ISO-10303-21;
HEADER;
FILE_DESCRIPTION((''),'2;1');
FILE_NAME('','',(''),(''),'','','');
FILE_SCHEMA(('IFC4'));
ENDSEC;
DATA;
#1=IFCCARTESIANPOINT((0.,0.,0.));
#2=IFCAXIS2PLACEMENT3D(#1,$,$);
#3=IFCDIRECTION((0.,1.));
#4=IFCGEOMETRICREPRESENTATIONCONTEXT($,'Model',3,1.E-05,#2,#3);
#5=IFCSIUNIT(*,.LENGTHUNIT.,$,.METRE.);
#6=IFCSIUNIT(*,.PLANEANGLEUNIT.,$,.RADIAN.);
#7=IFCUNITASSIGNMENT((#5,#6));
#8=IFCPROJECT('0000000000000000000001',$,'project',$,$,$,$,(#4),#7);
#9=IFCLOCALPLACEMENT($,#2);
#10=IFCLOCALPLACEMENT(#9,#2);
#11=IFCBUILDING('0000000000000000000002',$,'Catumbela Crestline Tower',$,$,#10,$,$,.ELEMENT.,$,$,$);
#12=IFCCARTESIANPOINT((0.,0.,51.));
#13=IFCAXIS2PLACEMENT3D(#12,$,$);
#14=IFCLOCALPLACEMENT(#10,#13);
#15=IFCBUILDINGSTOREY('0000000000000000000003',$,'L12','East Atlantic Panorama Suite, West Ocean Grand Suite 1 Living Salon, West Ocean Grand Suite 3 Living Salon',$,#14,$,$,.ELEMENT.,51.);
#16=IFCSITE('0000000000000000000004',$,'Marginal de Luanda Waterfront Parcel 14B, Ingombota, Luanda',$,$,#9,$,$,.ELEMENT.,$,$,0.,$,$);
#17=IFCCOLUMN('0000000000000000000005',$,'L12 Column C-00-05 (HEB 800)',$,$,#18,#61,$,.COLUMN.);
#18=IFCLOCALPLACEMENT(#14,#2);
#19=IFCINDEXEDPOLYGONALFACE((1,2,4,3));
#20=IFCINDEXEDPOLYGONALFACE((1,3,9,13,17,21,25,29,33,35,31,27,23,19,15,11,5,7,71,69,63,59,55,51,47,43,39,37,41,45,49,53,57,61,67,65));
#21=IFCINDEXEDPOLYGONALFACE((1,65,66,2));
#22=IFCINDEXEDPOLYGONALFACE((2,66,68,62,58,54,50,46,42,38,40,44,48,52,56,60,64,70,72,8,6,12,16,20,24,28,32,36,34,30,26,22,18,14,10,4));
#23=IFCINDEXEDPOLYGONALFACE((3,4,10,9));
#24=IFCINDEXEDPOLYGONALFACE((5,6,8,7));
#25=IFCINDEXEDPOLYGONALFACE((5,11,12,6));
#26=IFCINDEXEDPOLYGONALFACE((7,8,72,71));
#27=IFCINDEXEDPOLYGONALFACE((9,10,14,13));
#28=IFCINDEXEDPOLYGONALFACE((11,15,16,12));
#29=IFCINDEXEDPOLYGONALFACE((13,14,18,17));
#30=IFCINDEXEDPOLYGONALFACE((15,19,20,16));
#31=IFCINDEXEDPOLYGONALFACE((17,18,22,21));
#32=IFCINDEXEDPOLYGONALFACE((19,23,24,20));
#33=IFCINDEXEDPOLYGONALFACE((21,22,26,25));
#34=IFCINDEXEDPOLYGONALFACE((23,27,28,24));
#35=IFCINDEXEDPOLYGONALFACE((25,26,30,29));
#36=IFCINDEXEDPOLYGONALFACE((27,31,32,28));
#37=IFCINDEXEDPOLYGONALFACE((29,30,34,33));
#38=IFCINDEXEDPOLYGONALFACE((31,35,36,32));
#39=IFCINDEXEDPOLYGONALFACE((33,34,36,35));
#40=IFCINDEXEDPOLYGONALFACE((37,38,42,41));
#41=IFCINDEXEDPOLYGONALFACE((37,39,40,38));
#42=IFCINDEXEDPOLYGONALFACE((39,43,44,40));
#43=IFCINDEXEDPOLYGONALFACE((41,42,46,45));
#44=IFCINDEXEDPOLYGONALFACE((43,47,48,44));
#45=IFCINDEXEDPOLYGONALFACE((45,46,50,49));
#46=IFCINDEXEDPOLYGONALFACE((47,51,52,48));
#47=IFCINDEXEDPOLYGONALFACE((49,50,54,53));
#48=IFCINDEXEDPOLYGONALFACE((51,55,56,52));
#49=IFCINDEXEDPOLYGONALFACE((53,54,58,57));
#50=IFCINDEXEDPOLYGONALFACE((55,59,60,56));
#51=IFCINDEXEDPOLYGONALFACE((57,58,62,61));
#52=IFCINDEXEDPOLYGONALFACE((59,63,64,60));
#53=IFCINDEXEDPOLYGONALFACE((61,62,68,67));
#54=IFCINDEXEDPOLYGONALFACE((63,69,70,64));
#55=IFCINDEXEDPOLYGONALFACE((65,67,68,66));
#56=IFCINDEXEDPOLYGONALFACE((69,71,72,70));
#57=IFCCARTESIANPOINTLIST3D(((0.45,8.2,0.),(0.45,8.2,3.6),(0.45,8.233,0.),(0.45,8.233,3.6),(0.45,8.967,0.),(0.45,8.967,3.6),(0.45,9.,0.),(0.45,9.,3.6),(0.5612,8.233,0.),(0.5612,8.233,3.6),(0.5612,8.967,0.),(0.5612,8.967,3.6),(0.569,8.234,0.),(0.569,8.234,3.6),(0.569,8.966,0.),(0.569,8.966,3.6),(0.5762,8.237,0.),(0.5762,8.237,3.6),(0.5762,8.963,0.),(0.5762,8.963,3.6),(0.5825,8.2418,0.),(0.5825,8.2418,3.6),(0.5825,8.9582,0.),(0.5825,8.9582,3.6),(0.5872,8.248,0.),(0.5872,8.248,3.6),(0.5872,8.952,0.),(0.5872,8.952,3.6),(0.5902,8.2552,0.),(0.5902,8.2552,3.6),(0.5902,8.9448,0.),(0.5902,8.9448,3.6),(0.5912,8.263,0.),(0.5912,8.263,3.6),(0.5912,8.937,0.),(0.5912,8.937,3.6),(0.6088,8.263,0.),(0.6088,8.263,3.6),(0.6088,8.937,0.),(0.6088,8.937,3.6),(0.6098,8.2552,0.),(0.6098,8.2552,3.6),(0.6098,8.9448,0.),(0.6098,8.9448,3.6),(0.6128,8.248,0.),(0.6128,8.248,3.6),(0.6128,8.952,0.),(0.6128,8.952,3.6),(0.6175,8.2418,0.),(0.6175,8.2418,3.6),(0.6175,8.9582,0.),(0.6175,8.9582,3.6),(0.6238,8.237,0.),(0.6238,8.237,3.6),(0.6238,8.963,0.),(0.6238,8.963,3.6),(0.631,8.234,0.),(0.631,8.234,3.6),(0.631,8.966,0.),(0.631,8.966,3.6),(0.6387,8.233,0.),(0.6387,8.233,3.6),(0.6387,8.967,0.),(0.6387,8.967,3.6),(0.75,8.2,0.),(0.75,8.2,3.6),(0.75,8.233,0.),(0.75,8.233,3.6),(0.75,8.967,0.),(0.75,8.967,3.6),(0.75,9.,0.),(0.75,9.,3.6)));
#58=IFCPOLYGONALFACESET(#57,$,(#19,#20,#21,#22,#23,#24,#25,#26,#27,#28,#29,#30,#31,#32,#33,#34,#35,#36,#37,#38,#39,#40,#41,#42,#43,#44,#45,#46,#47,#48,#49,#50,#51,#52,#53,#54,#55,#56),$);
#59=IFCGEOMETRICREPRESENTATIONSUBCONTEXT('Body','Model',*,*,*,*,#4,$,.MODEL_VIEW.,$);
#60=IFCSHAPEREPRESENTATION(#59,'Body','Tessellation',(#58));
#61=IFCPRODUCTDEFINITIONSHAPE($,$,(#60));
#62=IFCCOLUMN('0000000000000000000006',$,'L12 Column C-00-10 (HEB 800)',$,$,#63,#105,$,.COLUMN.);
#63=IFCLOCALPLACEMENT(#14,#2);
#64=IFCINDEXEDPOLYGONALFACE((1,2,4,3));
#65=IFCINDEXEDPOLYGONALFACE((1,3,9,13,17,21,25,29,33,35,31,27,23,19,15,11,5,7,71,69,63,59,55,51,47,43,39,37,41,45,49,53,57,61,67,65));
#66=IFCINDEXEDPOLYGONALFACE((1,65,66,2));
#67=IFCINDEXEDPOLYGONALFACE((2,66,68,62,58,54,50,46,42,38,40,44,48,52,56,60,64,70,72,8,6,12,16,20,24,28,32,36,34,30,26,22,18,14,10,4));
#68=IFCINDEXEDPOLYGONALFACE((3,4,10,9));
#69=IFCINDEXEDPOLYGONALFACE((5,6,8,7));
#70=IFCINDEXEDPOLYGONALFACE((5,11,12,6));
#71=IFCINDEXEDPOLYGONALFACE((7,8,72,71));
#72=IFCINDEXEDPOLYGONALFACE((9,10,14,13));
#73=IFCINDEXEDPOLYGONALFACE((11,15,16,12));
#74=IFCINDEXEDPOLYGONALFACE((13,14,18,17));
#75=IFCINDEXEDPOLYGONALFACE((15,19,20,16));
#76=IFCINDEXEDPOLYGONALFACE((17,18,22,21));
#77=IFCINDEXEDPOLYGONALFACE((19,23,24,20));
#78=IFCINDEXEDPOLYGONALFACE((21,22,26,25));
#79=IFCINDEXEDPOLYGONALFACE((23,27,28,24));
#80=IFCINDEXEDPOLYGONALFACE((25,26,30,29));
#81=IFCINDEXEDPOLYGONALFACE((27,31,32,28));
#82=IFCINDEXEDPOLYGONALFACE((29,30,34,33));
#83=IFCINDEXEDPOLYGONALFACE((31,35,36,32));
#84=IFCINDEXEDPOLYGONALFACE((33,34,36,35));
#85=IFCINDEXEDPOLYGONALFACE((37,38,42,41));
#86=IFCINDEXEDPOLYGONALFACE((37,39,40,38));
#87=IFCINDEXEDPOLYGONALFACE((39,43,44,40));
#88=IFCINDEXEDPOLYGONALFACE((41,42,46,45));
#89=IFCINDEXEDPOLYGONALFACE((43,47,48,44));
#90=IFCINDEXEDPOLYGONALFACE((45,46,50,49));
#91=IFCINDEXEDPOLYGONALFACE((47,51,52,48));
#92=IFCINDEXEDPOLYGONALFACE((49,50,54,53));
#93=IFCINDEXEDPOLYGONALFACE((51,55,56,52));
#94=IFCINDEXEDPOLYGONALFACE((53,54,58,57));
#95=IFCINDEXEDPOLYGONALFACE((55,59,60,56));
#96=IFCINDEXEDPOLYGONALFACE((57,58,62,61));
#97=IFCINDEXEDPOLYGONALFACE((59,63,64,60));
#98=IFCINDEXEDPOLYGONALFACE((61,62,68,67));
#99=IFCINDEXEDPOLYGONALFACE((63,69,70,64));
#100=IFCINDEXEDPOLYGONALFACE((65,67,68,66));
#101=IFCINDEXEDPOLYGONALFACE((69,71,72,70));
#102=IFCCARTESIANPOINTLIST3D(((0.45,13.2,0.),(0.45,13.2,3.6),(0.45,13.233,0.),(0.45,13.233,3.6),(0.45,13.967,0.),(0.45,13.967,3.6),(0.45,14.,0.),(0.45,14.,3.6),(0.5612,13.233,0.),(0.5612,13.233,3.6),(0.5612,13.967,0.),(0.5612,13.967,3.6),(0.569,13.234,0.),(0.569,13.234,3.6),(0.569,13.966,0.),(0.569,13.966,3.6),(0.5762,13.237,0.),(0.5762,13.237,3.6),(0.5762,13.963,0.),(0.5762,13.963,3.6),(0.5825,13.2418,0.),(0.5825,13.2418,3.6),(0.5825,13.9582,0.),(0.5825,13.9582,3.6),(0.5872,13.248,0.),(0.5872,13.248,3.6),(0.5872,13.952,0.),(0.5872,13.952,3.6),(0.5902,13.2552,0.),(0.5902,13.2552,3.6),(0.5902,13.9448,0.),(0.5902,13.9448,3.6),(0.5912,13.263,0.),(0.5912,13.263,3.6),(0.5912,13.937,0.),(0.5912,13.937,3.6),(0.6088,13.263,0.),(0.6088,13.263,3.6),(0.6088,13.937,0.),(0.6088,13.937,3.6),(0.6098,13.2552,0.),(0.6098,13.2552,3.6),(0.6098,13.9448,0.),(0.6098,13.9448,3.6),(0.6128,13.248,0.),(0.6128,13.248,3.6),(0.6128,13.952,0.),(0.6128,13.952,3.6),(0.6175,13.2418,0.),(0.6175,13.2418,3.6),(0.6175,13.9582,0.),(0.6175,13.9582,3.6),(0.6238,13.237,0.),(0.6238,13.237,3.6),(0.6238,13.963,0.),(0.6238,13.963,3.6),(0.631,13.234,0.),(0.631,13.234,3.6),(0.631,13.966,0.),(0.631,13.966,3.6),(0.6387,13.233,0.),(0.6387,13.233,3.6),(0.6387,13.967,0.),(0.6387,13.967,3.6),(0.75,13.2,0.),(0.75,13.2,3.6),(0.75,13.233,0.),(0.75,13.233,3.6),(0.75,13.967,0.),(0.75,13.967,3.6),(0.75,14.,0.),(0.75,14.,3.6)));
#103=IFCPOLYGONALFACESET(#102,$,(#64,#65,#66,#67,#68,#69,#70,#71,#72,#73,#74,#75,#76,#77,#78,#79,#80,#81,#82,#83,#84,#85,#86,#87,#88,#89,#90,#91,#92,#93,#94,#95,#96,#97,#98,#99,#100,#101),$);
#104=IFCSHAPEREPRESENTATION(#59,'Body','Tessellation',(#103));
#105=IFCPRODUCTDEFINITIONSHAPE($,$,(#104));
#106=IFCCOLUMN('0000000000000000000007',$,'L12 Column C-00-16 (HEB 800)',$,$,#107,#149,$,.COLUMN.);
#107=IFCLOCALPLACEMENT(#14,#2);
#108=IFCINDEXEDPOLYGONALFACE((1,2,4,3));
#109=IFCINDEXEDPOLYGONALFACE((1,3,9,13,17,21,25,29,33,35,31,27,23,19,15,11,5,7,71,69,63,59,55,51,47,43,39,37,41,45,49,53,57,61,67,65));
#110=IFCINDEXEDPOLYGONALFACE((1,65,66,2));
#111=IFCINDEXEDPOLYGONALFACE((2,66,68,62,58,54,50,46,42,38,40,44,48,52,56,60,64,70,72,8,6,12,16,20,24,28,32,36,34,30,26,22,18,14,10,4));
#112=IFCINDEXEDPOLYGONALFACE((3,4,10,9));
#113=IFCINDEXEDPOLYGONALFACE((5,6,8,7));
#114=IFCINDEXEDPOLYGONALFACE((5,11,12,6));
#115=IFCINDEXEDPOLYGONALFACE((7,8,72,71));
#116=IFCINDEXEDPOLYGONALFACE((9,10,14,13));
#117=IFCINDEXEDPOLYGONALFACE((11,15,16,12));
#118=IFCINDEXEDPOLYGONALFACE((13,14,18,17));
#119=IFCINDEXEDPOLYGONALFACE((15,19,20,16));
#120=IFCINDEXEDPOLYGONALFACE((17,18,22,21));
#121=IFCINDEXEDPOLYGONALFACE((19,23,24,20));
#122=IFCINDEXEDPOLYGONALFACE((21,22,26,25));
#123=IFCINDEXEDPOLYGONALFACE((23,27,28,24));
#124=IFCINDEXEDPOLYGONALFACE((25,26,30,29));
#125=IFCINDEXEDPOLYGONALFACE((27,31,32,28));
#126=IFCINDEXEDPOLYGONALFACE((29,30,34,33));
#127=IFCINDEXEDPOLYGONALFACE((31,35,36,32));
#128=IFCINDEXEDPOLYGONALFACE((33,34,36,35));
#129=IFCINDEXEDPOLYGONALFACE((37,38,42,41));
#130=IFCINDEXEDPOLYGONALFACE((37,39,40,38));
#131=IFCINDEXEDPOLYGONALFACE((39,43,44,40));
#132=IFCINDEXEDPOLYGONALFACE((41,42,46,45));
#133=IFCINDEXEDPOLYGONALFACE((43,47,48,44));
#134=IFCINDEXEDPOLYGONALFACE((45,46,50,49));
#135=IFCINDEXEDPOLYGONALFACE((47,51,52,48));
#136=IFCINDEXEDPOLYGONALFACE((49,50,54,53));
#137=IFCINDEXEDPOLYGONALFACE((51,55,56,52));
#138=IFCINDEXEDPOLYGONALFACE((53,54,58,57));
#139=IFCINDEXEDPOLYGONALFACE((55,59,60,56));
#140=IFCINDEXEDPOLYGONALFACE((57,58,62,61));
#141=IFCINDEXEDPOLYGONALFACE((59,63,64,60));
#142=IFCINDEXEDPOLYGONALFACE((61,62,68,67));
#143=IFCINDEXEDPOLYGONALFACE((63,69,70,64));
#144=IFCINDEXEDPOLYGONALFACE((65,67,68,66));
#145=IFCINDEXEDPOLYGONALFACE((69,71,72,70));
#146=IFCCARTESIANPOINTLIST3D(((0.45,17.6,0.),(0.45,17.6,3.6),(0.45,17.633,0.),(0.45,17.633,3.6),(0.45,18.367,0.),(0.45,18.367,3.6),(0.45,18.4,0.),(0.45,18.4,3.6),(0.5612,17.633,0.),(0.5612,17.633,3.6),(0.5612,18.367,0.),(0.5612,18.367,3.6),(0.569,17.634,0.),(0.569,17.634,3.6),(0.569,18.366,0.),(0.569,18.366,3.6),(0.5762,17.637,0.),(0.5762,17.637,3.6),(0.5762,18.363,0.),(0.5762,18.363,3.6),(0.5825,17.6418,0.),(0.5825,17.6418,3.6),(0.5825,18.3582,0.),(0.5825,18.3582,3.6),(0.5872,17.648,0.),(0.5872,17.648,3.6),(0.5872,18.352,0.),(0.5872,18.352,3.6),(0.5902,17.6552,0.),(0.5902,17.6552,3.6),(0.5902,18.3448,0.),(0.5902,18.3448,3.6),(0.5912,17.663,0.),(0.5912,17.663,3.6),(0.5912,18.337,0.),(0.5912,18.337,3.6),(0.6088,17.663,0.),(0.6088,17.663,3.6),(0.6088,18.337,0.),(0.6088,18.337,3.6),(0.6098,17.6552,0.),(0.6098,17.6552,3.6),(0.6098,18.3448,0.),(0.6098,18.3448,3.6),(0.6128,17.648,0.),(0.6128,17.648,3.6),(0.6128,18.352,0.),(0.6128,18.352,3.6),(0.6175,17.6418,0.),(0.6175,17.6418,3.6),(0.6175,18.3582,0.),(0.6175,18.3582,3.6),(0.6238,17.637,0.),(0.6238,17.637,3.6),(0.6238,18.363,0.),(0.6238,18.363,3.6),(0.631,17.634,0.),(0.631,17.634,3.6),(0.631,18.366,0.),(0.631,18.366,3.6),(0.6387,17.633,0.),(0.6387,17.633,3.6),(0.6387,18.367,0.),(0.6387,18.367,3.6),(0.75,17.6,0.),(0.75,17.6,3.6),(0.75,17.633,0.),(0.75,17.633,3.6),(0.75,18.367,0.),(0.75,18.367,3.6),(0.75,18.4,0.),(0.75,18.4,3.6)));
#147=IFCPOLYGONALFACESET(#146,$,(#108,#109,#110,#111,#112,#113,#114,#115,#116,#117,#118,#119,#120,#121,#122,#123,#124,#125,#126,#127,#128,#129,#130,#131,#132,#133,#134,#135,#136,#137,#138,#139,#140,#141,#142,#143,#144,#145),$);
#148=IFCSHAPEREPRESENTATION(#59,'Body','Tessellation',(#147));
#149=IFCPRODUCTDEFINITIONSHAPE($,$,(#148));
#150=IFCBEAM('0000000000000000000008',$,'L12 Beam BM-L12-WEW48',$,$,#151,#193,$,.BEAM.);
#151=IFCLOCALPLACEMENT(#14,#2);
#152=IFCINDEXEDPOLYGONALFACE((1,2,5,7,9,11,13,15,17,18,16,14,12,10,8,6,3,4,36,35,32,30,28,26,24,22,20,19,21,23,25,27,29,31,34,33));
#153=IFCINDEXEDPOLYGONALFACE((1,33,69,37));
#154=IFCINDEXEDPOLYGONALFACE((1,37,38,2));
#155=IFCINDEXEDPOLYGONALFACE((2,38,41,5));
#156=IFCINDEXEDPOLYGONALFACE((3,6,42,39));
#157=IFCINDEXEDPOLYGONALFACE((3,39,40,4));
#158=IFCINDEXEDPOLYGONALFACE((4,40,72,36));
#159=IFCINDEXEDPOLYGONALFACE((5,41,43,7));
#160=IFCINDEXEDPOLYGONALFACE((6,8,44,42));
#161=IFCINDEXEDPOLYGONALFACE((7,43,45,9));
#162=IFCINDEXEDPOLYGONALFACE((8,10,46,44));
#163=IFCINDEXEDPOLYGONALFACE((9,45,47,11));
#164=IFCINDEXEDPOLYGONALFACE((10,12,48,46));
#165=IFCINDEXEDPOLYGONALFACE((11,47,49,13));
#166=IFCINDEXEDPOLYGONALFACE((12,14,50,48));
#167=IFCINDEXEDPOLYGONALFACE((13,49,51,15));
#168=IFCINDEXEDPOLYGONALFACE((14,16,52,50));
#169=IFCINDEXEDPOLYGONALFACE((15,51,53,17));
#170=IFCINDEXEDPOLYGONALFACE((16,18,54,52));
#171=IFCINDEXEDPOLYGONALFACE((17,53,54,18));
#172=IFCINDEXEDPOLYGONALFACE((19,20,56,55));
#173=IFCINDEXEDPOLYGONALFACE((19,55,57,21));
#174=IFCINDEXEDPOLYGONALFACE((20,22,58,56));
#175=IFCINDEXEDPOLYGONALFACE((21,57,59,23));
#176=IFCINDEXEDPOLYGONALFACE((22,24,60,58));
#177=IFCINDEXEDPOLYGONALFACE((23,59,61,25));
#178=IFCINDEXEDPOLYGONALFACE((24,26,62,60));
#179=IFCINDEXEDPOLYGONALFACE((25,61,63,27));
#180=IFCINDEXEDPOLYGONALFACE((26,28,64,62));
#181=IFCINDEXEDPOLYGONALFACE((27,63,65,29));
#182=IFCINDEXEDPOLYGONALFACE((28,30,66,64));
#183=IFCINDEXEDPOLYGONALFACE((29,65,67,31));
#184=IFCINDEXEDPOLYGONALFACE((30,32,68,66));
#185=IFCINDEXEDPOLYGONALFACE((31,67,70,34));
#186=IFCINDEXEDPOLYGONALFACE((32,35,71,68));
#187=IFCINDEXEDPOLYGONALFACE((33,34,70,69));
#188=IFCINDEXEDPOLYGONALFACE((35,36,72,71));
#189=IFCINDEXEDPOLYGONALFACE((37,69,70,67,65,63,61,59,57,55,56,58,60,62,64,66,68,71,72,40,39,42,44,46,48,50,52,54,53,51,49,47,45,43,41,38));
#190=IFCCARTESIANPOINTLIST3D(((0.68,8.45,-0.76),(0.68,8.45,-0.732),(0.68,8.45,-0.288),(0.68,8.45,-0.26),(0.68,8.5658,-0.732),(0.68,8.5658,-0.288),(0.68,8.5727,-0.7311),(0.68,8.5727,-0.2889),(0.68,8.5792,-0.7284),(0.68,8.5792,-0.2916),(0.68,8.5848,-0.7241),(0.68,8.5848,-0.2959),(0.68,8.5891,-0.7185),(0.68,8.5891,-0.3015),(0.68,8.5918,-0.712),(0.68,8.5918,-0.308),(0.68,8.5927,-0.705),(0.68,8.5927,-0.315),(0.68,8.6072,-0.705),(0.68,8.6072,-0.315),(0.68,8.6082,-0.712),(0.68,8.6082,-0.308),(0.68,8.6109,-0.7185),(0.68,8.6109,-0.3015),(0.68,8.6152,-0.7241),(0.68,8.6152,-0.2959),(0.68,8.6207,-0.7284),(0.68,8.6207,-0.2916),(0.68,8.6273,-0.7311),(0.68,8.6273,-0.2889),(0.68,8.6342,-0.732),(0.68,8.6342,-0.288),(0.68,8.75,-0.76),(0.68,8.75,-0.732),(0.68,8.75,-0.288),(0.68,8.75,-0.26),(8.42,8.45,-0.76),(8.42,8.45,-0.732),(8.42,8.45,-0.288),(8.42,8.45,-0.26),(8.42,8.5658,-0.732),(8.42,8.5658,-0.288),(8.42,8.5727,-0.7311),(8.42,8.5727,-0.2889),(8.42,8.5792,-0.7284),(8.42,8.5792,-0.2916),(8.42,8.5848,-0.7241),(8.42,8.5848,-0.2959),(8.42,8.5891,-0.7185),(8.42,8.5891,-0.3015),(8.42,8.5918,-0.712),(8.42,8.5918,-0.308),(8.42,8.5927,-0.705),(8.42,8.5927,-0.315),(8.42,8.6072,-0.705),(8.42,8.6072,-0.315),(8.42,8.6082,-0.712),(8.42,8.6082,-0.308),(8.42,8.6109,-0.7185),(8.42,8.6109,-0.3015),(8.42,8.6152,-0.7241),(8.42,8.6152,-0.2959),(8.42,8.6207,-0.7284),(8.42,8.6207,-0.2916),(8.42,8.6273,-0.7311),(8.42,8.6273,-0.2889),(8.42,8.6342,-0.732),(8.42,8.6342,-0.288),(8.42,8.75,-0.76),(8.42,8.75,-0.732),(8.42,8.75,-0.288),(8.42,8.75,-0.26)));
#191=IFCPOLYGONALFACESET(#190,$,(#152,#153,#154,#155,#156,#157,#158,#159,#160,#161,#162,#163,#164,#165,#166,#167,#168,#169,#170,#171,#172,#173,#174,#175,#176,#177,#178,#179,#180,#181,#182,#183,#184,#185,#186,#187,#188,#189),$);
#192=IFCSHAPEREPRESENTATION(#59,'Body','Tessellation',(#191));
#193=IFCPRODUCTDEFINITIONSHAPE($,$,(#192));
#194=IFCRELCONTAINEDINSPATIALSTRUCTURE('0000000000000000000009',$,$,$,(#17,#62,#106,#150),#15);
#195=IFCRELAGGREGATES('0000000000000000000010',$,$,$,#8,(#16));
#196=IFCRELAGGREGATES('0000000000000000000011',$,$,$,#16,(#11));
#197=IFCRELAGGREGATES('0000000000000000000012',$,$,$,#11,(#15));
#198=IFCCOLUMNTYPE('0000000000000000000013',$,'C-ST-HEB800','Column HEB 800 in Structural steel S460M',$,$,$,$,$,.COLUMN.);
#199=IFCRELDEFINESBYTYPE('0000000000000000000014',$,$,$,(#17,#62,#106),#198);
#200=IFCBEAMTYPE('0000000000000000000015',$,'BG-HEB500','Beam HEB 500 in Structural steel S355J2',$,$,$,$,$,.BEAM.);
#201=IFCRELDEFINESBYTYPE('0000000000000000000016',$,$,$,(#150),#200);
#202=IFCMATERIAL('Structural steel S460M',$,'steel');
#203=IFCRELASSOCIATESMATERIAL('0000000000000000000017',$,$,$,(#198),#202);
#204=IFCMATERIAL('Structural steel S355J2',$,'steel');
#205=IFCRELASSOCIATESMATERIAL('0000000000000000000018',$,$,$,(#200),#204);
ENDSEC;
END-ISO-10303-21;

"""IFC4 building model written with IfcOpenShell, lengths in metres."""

from ifc_helpers import new_model, si_unit, direction, frame, origin, origin_2d, place, context, subcontext, project, spatial, i_section, extrude, material, material_profile, profile_set, type_object, element, save


model = new_model("IFC4")

# Units and contexts
model_context = context("Model", 3, precision=1e-05, world=origin(), true_north=direction((0.0, 1.0)))
body_context = subcontext(model_context, "Body", "Model", "MODEL_VIEW")
ifc_project = project(units=[si_unit("LENGTHUNIT", "METRE"), si_unit("PLANEANGLEUNIT", "RADIAN")], contexts=[model_context])

# Site, building, storey
site_placement = place(None, origin())
site = spatial("IfcSite", under=ifc_project, at=site_placement, Name="Marginal de Luanda Waterfront Parcel 14B, Ingombota, Luanda", CompositionType="ELEMENT", RefElevation=0.0)
building_placement = place(site_placement, origin())
building = spatial("IfcBuilding", under=site, at=building_placement, Name="Catumbela Crestline Tower", CompositionType="ELEMENT")
storey_placement = place(building_placement, frame((0.0, 0.0, 51.0)))
storey = spatial("IfcBuildingStorey", under=building, at=storey_placement, Name="L12", Description="East Atlantic Panorama Suite, West Ocean Grand Suite 1 Living Salon, West Ocean Grand Suite 3 Living Salon", CompositionType="ELEMENT", Elevation=51.0)

# Columns
ifc_material_1 = material(Name="Structural steel S460M", Category="steel")
ifc_material_profile_1 = material_profile(ifc_material_1, i_section(OverallWidth=0.3, OverallDepth=0.8, WebThickness=0.0175, FlangeThickness=0.033, FilletRadius=0.03, at=origin_2d()), Name="HEB 800")
ifc_profile_set_1 = profile_set([ifc_material_profile_1], Name="Structural steel S460M")
column_type = type_object("IfcColumnType", Name="C-ST-HEB800", Description="Column HEB 800 in Structural steel S460M", PredefinedType="COLUMN", material=ifc_profile_set_1)
for number, where, z_axis, x_axis, name in (
    (1, (0.6, 8.6, 0.0), (0.0, 0.0, 1.0), (1.0, 0.0, 0.0), "L12 Column C-00-05 (HEB 800)"),
    (2, (0.6, 13.6, 0.0), (0.0, 0.0, 1.0), (1.0, 0.0, 0.0), "L12 Column C-00-10 (HEB 800)"),
    (3, (0.6, 18.0, 0.0), (0.0, 0.0, 1.0), (1.0, 0.0, 0.0), "L12 Column C-00-16 (HEB 800)"),
):
    element("IfcColumn", number, at=place(storey_placement, frame(where, z_axis=z_axis, x_axis=x_axis)), inside=storey, type_object=column_type, Name=name, PredefinedType="COLUMN", context=body_context, shape_type="SweptSolid", body=[
        extrude(i_section(OverallWidth=0.3, OverallDepth=0.8, WebThickness=0.0175, FlangeThickness=0.033, FilletRadius=0.03, at=origin_2d()), origin(), (0.0, 0.0, 1.0), 3.6),
    ])

# Beam
ifc_material_2 = material(Name="Structural steel S355J2", Category="steel")
ifc_material_profile_2 = material_profile(ifc_material_2, i_section(OverallWidth=0.3, OverallDepth=0.5, WebThickness=0.0145, FlangeThickness=0.028, FilletRadius=0.027, at=origin_2d()), Name="HEB 500")
ifc_profile_set_2 = profile_set([ifc_material_profile_2], Name="Structural steel S355J2")
beam_type_1 = type_object("IfcBeamType", Name="BG-HEB500", Description="Beam HEB 500 in Structural steel S355J2", PredefinedType="BEAM", material=ifc_profile_set_2)
for number, where, z_axis, x_axis, name in (
    (4, (0.68, 8.6, -0.51), (1.0, 0.0, 0.0), (0.0, 1.0, 0.0), "L12 Beam BM-L12-WEW48"),
):
    element("IfcBeam", number, at=place(storey_placement, frame(where, z_axis=z_axis, x_axis=x_axis)), inside=storey, type_object=beam_type_1, Name=name, PredefinedType="BEAM", context=body_context, shape_type="SweptSolid", body=[
        extrude(i_section(OverallWidth=0.3, OverallDepth=0.5, WebThickness=0.0145, FlangeThickness=0.028, FilletRadius=0.027, at=origin_2d()), origin(), (0.0, 0.0, 1.0), 7.74),
    ])

save(model, "model.ifc")
